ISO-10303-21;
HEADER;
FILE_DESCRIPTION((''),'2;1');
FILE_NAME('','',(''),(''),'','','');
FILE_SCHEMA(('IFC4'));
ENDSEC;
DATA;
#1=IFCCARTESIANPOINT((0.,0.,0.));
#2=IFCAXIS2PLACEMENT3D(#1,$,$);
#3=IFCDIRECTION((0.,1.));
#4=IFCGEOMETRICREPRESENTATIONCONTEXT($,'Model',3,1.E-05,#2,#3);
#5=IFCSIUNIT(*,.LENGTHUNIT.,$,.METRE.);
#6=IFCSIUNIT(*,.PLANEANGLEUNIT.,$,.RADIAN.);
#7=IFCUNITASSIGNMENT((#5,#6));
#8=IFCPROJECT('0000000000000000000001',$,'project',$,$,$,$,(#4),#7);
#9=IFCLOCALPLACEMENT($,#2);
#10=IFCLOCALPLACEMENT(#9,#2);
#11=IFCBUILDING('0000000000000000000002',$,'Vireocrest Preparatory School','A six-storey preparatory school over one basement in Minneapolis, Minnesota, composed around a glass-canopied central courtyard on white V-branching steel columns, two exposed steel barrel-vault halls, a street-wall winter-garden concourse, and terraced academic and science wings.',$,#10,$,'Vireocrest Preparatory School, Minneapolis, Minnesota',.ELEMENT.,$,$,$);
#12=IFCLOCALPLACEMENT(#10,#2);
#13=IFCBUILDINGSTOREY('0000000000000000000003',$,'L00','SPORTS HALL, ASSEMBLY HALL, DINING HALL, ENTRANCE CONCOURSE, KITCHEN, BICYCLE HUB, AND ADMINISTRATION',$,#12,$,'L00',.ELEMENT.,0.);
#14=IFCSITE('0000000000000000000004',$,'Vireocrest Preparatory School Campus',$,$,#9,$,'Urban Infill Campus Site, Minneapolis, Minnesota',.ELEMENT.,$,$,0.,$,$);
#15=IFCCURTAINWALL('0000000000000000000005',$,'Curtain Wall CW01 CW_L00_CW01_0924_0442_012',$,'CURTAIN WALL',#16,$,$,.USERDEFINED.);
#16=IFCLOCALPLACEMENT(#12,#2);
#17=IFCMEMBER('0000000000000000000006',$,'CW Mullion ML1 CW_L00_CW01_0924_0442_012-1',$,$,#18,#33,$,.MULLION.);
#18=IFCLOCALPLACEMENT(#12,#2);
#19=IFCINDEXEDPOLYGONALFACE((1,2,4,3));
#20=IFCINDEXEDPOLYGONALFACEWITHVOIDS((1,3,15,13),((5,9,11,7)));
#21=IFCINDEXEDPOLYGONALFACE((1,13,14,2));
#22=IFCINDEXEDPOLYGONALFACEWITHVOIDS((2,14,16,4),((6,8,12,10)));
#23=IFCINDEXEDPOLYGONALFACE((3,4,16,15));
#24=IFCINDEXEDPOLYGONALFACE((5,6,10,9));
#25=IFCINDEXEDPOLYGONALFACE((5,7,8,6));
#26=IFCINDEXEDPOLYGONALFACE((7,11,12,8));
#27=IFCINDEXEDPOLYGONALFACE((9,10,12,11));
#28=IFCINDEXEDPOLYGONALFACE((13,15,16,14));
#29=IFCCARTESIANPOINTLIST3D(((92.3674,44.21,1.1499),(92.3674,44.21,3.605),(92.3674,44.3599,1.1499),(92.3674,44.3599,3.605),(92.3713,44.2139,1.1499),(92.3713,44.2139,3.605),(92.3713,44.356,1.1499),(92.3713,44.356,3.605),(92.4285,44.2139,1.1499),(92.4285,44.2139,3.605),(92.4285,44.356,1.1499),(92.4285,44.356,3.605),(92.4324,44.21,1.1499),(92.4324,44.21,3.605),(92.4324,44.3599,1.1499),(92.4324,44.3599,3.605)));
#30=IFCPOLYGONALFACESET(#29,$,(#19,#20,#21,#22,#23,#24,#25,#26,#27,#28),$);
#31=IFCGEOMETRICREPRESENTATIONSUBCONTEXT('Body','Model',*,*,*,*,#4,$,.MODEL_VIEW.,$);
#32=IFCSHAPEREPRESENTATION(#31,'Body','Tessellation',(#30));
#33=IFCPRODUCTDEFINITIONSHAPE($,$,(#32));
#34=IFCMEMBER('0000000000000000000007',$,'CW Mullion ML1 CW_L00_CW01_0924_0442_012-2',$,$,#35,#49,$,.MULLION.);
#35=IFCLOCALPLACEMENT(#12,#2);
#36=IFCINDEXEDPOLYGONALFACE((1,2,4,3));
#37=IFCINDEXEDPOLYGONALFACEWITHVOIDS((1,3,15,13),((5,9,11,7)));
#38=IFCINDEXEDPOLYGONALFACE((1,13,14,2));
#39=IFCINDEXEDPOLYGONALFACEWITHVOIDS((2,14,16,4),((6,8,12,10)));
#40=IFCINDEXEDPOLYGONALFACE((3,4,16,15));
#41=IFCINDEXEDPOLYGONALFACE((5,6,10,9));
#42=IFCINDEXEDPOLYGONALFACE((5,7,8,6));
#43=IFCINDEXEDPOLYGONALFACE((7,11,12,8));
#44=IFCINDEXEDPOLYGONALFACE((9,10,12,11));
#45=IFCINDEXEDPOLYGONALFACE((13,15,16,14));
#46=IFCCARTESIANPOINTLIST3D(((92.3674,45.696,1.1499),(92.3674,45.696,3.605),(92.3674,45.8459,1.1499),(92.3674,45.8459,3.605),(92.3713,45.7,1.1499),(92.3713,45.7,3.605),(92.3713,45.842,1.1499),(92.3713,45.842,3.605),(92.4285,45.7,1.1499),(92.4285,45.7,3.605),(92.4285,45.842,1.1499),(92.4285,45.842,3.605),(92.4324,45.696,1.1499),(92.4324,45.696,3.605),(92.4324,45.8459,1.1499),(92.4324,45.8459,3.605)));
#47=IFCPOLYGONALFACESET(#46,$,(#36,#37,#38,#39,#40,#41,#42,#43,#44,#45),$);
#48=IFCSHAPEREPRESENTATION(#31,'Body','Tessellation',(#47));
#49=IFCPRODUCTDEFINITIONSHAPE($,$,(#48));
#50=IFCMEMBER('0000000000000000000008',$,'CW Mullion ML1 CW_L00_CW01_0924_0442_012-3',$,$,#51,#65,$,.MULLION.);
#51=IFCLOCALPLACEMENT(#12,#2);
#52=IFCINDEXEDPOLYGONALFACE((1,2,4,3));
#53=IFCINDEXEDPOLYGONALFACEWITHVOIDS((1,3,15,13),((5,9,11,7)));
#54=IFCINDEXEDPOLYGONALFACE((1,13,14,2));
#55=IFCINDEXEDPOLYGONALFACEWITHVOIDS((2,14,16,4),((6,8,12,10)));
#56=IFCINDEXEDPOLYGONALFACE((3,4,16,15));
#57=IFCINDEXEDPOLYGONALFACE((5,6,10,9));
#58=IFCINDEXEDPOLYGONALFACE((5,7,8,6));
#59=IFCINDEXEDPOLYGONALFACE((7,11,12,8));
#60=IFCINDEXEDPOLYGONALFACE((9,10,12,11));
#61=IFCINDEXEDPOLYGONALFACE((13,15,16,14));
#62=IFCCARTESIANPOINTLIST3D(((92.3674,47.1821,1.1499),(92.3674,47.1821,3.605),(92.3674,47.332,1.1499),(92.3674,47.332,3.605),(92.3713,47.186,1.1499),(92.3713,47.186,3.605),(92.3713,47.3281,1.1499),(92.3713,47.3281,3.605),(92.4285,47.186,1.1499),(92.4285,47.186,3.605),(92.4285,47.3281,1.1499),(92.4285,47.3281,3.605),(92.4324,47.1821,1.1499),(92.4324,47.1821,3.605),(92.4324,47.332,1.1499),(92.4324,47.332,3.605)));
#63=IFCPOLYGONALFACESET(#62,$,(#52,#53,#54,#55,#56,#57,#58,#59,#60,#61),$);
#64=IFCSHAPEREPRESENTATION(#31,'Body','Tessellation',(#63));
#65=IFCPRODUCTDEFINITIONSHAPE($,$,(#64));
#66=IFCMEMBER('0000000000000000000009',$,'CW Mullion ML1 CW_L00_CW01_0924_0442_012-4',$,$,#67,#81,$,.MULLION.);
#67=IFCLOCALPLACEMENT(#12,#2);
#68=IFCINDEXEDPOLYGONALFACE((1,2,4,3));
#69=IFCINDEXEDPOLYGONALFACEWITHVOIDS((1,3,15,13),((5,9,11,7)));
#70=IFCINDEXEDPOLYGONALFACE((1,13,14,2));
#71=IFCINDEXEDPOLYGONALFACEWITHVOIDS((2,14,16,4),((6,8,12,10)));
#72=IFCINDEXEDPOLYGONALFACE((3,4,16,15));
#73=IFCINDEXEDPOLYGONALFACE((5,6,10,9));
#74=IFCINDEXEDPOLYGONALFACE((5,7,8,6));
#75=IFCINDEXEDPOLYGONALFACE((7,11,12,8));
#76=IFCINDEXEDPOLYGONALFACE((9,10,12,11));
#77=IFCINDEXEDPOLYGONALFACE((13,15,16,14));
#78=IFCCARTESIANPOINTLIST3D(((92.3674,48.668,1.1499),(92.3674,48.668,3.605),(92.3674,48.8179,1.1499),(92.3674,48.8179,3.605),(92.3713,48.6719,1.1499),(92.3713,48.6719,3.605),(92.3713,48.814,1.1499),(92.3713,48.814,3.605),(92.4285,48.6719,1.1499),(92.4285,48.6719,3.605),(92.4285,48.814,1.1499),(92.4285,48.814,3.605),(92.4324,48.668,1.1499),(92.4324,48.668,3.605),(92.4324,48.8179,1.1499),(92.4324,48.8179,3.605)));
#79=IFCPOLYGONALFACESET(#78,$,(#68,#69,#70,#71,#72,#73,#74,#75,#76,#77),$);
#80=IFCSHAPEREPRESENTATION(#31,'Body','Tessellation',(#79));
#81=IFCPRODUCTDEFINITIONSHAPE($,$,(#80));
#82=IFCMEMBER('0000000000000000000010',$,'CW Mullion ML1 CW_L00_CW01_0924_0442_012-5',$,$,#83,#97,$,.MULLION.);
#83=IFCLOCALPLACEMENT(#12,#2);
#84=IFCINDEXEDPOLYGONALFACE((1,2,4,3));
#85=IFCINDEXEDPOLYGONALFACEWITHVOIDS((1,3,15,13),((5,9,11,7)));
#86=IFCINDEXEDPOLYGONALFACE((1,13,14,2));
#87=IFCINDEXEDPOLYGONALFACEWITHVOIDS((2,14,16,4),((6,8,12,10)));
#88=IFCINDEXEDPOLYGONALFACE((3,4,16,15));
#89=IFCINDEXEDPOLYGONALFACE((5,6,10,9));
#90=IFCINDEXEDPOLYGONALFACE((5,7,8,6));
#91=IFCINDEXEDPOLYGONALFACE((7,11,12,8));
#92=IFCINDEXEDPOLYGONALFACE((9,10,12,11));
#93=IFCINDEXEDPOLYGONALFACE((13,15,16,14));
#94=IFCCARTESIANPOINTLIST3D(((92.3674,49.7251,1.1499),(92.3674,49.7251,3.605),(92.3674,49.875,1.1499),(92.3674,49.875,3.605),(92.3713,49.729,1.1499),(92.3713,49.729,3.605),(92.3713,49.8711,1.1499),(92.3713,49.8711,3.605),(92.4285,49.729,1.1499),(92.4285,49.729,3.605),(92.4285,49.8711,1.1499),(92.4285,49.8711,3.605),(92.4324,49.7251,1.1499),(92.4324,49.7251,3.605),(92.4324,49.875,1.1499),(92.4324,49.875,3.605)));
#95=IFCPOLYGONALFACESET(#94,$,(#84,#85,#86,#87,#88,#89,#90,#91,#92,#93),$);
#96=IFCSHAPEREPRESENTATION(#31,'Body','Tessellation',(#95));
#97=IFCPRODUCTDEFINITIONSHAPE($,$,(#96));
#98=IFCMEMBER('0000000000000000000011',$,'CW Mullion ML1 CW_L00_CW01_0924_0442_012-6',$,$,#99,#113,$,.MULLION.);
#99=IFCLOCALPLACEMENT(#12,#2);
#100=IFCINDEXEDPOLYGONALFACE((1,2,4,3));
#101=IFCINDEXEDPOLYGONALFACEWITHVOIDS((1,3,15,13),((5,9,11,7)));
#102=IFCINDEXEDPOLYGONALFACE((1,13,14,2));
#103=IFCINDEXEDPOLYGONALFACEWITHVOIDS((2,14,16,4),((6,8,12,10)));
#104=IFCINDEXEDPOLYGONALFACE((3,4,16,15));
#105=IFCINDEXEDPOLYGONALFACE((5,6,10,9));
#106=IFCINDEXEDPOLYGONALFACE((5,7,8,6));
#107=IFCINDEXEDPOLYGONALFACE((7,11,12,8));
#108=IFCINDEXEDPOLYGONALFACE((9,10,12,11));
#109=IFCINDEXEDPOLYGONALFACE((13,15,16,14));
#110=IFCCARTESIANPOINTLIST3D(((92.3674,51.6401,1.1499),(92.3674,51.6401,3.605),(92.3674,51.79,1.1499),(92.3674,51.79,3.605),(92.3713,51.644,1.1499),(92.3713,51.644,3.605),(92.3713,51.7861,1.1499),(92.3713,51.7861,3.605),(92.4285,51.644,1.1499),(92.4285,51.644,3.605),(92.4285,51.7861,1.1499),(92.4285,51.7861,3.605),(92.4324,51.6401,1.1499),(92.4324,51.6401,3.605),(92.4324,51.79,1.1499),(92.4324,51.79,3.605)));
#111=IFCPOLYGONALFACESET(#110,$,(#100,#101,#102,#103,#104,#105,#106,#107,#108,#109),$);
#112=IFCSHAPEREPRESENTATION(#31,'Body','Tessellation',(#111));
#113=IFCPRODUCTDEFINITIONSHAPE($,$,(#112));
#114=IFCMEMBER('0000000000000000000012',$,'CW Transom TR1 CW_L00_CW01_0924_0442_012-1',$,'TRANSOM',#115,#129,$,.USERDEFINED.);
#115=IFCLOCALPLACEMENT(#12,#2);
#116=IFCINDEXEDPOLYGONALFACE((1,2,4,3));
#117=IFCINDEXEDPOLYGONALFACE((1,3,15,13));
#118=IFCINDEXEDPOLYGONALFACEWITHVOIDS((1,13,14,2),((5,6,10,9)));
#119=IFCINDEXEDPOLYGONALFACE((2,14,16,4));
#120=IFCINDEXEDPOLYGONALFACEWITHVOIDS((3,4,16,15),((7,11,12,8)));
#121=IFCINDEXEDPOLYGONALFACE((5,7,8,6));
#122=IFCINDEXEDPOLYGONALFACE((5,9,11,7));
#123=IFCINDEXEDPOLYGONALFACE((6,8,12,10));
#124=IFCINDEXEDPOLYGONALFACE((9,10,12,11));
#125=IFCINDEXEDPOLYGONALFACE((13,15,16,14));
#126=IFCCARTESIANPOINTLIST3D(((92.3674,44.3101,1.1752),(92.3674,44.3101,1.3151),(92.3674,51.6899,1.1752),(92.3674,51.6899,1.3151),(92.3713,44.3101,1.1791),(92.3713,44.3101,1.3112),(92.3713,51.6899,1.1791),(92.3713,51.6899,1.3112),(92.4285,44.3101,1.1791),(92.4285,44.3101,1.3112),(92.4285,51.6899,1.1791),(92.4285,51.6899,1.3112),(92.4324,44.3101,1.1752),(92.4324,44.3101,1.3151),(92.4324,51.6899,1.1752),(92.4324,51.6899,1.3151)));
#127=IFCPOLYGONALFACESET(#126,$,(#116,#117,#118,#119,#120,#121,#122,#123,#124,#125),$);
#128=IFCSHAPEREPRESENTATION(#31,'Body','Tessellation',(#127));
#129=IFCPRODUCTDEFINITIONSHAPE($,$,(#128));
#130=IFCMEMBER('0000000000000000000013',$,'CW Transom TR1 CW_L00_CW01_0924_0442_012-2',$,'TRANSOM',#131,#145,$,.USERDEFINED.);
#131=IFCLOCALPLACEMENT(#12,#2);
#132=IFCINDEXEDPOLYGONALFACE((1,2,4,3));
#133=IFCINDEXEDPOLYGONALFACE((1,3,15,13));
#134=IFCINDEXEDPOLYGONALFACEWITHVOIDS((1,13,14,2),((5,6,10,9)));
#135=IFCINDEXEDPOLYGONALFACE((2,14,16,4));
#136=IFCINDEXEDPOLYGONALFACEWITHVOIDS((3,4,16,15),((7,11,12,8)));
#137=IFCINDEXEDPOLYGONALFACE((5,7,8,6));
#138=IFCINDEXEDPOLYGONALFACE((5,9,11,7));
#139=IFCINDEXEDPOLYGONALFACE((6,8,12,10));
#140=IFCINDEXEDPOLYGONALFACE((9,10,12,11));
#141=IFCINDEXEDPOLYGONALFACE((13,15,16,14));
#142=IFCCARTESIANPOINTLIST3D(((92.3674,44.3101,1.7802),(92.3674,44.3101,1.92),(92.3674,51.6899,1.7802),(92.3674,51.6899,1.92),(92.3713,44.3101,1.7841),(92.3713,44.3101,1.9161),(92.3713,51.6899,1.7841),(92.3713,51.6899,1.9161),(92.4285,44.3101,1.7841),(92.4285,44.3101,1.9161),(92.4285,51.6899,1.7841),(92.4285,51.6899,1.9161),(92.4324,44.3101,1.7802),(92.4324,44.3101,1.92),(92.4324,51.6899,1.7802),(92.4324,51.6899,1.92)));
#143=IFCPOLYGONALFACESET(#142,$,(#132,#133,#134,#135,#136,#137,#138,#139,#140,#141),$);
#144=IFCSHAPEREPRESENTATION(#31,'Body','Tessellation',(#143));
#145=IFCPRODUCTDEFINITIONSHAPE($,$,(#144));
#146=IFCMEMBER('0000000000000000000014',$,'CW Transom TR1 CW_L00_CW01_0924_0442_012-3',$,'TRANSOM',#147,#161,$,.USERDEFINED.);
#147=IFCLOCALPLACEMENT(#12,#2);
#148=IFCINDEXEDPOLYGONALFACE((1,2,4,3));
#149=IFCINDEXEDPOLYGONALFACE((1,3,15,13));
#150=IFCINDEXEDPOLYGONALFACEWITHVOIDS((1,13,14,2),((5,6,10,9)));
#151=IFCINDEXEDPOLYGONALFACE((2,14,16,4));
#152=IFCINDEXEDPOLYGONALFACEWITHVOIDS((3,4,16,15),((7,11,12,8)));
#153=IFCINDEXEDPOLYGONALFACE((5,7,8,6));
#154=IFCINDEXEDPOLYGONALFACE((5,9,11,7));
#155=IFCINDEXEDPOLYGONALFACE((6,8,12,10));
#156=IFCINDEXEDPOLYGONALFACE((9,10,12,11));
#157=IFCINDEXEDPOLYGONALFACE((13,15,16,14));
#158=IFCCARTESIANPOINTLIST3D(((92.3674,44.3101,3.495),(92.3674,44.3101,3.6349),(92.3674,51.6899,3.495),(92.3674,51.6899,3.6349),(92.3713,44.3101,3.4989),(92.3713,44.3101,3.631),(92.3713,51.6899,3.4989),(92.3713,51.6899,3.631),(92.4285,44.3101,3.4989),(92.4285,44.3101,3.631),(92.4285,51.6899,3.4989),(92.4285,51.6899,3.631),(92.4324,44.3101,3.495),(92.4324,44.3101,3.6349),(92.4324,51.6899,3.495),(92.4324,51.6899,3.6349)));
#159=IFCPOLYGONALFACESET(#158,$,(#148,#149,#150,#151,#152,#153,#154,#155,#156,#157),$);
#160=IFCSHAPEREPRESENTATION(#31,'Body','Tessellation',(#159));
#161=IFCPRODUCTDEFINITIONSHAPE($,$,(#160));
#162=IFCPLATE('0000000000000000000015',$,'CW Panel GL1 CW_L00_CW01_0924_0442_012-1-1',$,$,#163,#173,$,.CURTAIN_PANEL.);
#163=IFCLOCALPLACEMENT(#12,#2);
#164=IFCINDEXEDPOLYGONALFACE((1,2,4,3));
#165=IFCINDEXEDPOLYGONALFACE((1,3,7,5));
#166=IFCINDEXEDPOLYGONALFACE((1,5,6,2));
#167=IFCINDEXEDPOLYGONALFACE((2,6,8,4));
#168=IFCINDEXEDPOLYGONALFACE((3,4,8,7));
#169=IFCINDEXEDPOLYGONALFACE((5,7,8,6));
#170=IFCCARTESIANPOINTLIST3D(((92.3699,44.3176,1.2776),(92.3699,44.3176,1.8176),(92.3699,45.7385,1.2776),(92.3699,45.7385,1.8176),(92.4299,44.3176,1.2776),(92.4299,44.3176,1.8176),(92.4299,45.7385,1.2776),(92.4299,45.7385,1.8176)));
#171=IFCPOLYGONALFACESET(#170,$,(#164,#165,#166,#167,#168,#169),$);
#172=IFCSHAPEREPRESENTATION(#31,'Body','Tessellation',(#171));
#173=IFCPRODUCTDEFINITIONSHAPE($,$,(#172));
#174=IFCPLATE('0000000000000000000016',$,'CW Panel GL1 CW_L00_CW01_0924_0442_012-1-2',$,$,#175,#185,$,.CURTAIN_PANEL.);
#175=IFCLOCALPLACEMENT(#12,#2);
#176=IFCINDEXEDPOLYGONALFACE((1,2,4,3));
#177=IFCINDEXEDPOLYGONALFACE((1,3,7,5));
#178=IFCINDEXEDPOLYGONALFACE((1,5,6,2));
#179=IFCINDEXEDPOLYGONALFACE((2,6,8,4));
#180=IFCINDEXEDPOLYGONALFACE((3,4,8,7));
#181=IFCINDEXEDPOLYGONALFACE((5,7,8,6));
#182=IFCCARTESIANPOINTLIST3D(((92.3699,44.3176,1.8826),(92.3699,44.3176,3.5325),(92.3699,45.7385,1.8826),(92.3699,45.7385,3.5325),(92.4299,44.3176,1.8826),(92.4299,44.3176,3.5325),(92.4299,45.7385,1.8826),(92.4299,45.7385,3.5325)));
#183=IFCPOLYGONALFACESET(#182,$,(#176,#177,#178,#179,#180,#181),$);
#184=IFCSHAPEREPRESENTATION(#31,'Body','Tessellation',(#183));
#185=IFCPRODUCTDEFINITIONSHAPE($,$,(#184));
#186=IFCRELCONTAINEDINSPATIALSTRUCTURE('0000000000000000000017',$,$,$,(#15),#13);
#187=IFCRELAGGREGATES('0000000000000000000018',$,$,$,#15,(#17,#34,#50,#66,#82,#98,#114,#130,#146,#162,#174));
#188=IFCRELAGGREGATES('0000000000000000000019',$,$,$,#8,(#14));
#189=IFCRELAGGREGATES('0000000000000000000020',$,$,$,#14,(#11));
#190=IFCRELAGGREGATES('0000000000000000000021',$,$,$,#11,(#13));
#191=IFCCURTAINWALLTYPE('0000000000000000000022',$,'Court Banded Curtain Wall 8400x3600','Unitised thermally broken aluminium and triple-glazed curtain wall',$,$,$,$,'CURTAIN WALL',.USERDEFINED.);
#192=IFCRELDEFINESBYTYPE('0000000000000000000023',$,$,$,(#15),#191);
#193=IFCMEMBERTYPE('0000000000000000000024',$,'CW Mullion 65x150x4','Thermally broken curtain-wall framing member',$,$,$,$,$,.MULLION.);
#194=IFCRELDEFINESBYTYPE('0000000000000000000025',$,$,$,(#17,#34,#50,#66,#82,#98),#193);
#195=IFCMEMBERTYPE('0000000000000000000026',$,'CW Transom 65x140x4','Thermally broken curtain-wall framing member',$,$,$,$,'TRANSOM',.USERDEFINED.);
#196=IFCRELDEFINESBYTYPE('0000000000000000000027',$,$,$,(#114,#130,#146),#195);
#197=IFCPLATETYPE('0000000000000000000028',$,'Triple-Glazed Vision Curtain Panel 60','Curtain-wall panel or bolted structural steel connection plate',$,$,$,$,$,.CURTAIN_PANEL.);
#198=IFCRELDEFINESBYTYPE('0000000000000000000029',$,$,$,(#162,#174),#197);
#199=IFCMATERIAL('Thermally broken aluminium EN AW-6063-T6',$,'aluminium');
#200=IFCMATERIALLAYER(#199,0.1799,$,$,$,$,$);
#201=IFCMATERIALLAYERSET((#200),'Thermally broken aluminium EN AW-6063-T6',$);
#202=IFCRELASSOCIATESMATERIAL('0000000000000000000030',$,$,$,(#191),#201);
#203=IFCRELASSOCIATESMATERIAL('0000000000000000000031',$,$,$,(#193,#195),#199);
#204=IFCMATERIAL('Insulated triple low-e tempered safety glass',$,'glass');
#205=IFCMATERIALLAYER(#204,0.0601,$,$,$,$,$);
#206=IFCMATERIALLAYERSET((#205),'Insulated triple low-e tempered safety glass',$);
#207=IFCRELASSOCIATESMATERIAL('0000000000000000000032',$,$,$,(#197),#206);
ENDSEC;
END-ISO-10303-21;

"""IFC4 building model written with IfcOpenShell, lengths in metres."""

from ifc_helpers import new_model, si_unit, direction, frame, origin, origin_2d, place, context, subcontext, project, spatial, rectangle, hollow_rectangle, extrude, material, layer, layer_set, material_profile, profile_set, type_object, element, aggregate, save


model = new_model("IFC4")

# Units and contexts
model_context = context("Model", 3, precision=1e-05, world=origin(), true_north=direction((0.0, 1.0)))
body_context = subcontext(model_context, "Body", "Model", "MODEL_VIEW")
ifc_project = project(units=[si_unit("LENGTHUNIT", "METRE"), si_unit("PLANEANGLEUNIT", "RADIAN")], contexts=[model_context])

# Site, building, storey
site_placement = place(None, origin())
site = spatial("IfcSite", under=ifc_project, at=site_placement, Name="Vireocrest Preparatory School Campus", LongName="Urban Infill Campus Site, Minneapolis, Minnesota", CompositionType="ELEMENT", RefElevation=0.0)
building_placement = place(site_placement, origin())
building = spatial("IfcBuilding", under=site, at=building_placement, Name="Vireocrest Preparatory School", Description="A six-storey preparatory school over one basement in Minneapolis, Minnesota, composed around a glass-canopied central courtyard on white V-branching steel columns, two exposed steel barrel-vault halls, a street-wall winter-garden concourse, and terraced academic and science wings.", LongName="Vireocrest Preparatory School, Minneapolis, Minnesota", CompositionType="ELEMENT")
storey_placement = place(building_placement, origin())
storey = spatial("IfcBuildingStorey", under=building, at=storey_placement, Name="L00", Description="SPORTS HALL, ASSEMBLY HALL, DINING HALL, ENTRANCE CONCOURSE, KITCHEN, BICYCLE HUB, AND ADMINISTRATION", LongName="L00", CompositionType="ELEMENT", Elevation=0.0)

# Curtain wall, members, plates
ifc_material_1 = material(Name="Thermally broken aluminium EN AW-6063-T6", Category="aluminium")
ifc_layer_1 = layer(ifc_material_1, 0.1799)
ifc_layer_set_1 = layer_set([ifc_layer_1], Name="Thermally broken aluminium EN AW-6063-T6")
curtain_wall_type = type_object("IfcCurtainWallType", Name="Court Banded Curtain Wall 8400x3600", Description="Unitised thermally broken aluminium and triple-glazed curtain wall", ElementType="CURTAIN WALL", PredefinedType="USERDEFINED", material=ifc_layer_set_1)
curtain_wall_placement = place(storey_placement, origin())
curtain_wall = element("IfcCurtainWall", 1, at=curtain_wall_placement, inside=storey, type_object=curtain_wall_type, Name="Curtain Wall CW01 CW_L00_CW01_0924_0442_012", ObjectType="CURTAIN WALL", PredefinedType="USERDEFINED")
ifc_material_profile_1 = material_profile(ifc_material_1, hollow_rectangle(XDim=0.0649, YDim=0.1499, WallThickness=0.0039, at=origin_2d()), Name="ALU 65x150x4")
ifc_profile_set_1 = profile_set([ifc_material_profile_1], Name="Thermally broken aluminium EN AW-6063-T6")
member_type_1 = type_object("IfcMemberType", Name="CW Mullion 65x150x4", Description="Thermally broken curtain-wall framing member", PredefinedType="MULLION", material=ifc_profile_set_1)
member_1_placement = place(storey_placement, frame((92.3999, 44.2849, 1.1499), z_axis=(0.0, 0.0, 1.0), x_axis=(1.0, 0.0, 0.0)))
member_1 = element("IfcMember", 2, at=member_1_placement, type_object=member_type_1, Name="CW Mullion ML1 CW_L00_CW01_0924_0442_012-1", PredefinedType="MULLION", context=body_context, shape_type="SweptSolid", body=[
    extrude(hollow_rectangle(XDim=0.0649, YDim=0.1499, WallThickness=0.0039, at=origin_2d()), origin(), (0.0, 0.0, 1.0), 2.4551),
])
member_2_placement = place(storey_placement, frame((92.3999, 45.771, 1.1499), z_axis=(0.0, 0.0, 1.0), x_axis=(1.0, 0.0, 0.0)))
member_2 = element("IfcMember", 3, at=member_2_placement, type_object=member_type_1, Name="CW Mullion ML1 CW_L00_CW01_0924_0442_012-2", PredefinedType="MULLION", context=body_context, shape_type="SweptSolid", body=[
    extrude(hollow_rectangle(XDim=0.0649, YDim=0.1499, WallThickness=0.0039, at=origin_2d()), origin(), (0.0, 0.0, 1.0), 2.4551),
])
member_3_placement = place(storey_placement, frame((92.3999, 47.2571, 1.1499), z_axis=(0.0, 0.0, 1.0), x_axis=(1.0, 0.0, 0.0)))
member_3 = element("IfcMember", 4, at=member_3_placement, type_object=member_type_1, Name="CW Mullion ML1 CW_L00_CW01_0924_0442_012-3", PredefinedType="MULLION", context=body_context, shape_type="SweptSolid", body=[
    extrude(hollow_rectangle(XDim=0.0649, YDim=0.1499, WallThickness=0.0039, at=origin_2d()), origin(), (0.0, 0.0, 1.0), 2.4551),
])
member_4_placement = place(storey_placement, frame((92.3999, 48.7429, 1.1499), z_axis=(0.0, 0.0, 1.0), x_axis=(1.0, 0.0, 0.0)))
member_4 = element("IfcMember", 5, at=member_4_placement, type_object=member_type_1, Name="CW Mullion ML1 CW_L00_CW01_0924_0442_012-4", PredefinedType="MULLION", context=body_context, shape_type="SweptSolid", body=[
    extrude(hollow_rectangle(XDim=0.0649, YDim=0.1499, WallThickness=0.0039, at=origin_2d()), origin(), (0.0, 0.0, 1.0), 2.4551),
])
member_5_placement = place(storey_placement, frame((92.3999, 49.8, 1.1499), z_axis=(0.0, 0.0, 1.0), x_axis=(1.0, 0.0, 0.0)))
member_5 = element("IfcMember", 6, at=member_5_placement, type_object=member_type_1, Name="CW Mullion ML1 CW_L00_CW01_0924_0442_012-5", PredefinedType="MULLION", context=body_context, shape_type="SweptSolid", body=[
    extrude(hollow_rectangle(XDim=0.0649, YDim=0.1499, WallThickness=0.0039, at=origin_2d()), origin(), (0.0, 0.0, 1.0), 2.4551),
])
member_6_placement = place(storey_placement, frame((92.3999, 51.7151, 1.1499), z_axis=(0.0, 0.0, 1.0), x_axis=(1.0, 0.0, 0.0)))
member_6 = element("IfcMember", 7, at=member_6_placement, type_object=member_type_1, Name="CW Mullion ML1 CW_L00_CW01_0924_0442_012-6", PredefinedType="MULLION", context=body_context, shape_type="SweptSolid", body=[
    extrude(hollow_rectangle(XDim=0.0649, YDim=0.1499, WallThickness=0.0039, at=origin_2d()), origin(), (0.0, 0.0, 1.0), 2.4551),
])
ifc_material_profile_2 = material_profile(ifc_material_1, hollow_rectangle(XDim=0.0649, YDim=0.1399, WallThickness=0.0039, at=origin_2d()), Name="ALU 65x140x4")
ifc_profile_set_2 = profile_set([ifc_material_profile_2], Name="Thermally broken aluminium EN AW-6063-T6")
member_type_2 = type_object("IfcMemberType", Name="CW Transom 65x140x4", Description="Thermally broken curtain-wall framing member", ElementType="TRANSOM", PredefinedType="USERDEFINED", material=ifc_profile_set_2)
member_7_placement = place(storey_placement, frame((92.3999, 44.3101, 1.2451), z_axis=(0.0, 1.0, 0.0), x_axis=(-1.0, 0.0, 0.0)))
member_7 = element("IfcMember", 8, at=member_7_placement, type_object=member_type_2, Name="CW Transom TR1 CW_L00_CW01_0924_0442_012-1", ObjectType="TRANSOM", PredefinedType="USERDEFINED", context=body_context, shape_type="SweptSolid", body=[
    extrude(hollow_rectangle(XDim=0.0649, YDim=0.1399, WallThickness=0.0039, at=origin_2d()), origin(), (0.0, 0.0, 1.0), 7.3799),
])
member_8_placement = place(storey_placement, frame((92.3999, 44.3101, 1.8501), z_axis=(0.0, 1.0, 0.0), x_axis=(-1.0, 0.0, 0.0)))
member_8 = element("IfcMember", 9, at=member_8_placement, type_object=member_type_2, Name="CW Transom TR1 CW_L00_CW01_0924_0442_012-2", ObjectType="TRANSOM", PredefinedType="USERDEFINED", context=body_context, shape_type="SweptSolid", body=[
    extrude(hollow_rectangle(XDim=0.0649, YDim=0.1399, WallThickness=0.0039, at=origin_2d()), origin(), (0.0, 0.0, 1.0), 7.3799),
])
member_9_placement = place(storey_placement, frame((92.3999, 44.3101, 3.5649), z_axis=(0.0, 1.0, 0.0), x_axis=(-1.0, 0.0, 0.0)))
member_9 = element("IfcMember", 10, at=member_9_placement, type_object=member_type_2, Name="CW Transom TR1 CW_L00_CW01_0924_0442_012-3", ObjectType="TRANSOM", PredefinedType="USERDEFINED", context=body_context, shape_type="SweptSolid", body=[
    extrude(hollow_rectangle(XDim=0.0649, YDim=0.1399, WallThickness=0.0039, at=origin_2d()), origin(), (0.0, 0.0, 1.0), 7.3799),
])
ifc_material_2 = material(Name="Insulated triple low-e tempered safety glass", Category="glass")
ifc_layer_2 = layer(ifc_material_2, 0.0601)
ifc_layer_set_2 = layer_set([ifc_layer_2], Name="Insulated triple low-e tempered safety glass")
plate_type = type_object("IfcPlateType", Name="Triple-Glazed Vision Curtain Panel 60", Description="Curtain-wall panel or bolted structural steel connection plate", PredefinedType="CURTAIN_PANEL", material=ifc_layer_set_2)
plate_1_placement = place(storey_placement, frame((92.3999, 45.0281, 1.2776), z_axis=(0.0, 0.0, 1.0), x_axis=(0.0, 1.0, 0.0)))
plate_1 = element("IfcPlate", 11, at=plate_1_placement, type_object=plate_type, Name="CW Panel GL1 CW_L00_CW01_0924_0442_012-1-1", PredefinedType="CURTAIN_PANEL", context=body_context, shape_type="SweptSolid", body=[
    extrude(rectangle(XDim=1.4209, YDim=0.0601, at=origin_2d()), origin(), (0.0, 0.0, 1.0), 0.54),
])
plate_2_placement = place(storey_placement, frame((92.3999, 45.0281, 1.8826), z_axis=(0.0, 0.0, 1.0), x_axis=(0.0, 1.0, 0.0)))
plate_2 = element("IfcPlate", 12, at=plate_2_placement, type_object=plate_type, Name="CW Panel GL1 CW_L00_CW01_0924_0442_012-1-2", PredefinedType="CURTAIN_PANEL", context=body_context, shape_type="SweptSolid", body=[
    extrude(rectangle(XDim=1.4209, YDim=0.0601, at=origin_2d()), origin(), (0.0, 0.0, 1.0), 1.6499),
])
aggregate(curtain_wall, [member_1, member_2, member_3, member_4, member_5, member_6, member_7, member_8, member_9, plate_1, plate_2])

save(model, "model.ifc")
